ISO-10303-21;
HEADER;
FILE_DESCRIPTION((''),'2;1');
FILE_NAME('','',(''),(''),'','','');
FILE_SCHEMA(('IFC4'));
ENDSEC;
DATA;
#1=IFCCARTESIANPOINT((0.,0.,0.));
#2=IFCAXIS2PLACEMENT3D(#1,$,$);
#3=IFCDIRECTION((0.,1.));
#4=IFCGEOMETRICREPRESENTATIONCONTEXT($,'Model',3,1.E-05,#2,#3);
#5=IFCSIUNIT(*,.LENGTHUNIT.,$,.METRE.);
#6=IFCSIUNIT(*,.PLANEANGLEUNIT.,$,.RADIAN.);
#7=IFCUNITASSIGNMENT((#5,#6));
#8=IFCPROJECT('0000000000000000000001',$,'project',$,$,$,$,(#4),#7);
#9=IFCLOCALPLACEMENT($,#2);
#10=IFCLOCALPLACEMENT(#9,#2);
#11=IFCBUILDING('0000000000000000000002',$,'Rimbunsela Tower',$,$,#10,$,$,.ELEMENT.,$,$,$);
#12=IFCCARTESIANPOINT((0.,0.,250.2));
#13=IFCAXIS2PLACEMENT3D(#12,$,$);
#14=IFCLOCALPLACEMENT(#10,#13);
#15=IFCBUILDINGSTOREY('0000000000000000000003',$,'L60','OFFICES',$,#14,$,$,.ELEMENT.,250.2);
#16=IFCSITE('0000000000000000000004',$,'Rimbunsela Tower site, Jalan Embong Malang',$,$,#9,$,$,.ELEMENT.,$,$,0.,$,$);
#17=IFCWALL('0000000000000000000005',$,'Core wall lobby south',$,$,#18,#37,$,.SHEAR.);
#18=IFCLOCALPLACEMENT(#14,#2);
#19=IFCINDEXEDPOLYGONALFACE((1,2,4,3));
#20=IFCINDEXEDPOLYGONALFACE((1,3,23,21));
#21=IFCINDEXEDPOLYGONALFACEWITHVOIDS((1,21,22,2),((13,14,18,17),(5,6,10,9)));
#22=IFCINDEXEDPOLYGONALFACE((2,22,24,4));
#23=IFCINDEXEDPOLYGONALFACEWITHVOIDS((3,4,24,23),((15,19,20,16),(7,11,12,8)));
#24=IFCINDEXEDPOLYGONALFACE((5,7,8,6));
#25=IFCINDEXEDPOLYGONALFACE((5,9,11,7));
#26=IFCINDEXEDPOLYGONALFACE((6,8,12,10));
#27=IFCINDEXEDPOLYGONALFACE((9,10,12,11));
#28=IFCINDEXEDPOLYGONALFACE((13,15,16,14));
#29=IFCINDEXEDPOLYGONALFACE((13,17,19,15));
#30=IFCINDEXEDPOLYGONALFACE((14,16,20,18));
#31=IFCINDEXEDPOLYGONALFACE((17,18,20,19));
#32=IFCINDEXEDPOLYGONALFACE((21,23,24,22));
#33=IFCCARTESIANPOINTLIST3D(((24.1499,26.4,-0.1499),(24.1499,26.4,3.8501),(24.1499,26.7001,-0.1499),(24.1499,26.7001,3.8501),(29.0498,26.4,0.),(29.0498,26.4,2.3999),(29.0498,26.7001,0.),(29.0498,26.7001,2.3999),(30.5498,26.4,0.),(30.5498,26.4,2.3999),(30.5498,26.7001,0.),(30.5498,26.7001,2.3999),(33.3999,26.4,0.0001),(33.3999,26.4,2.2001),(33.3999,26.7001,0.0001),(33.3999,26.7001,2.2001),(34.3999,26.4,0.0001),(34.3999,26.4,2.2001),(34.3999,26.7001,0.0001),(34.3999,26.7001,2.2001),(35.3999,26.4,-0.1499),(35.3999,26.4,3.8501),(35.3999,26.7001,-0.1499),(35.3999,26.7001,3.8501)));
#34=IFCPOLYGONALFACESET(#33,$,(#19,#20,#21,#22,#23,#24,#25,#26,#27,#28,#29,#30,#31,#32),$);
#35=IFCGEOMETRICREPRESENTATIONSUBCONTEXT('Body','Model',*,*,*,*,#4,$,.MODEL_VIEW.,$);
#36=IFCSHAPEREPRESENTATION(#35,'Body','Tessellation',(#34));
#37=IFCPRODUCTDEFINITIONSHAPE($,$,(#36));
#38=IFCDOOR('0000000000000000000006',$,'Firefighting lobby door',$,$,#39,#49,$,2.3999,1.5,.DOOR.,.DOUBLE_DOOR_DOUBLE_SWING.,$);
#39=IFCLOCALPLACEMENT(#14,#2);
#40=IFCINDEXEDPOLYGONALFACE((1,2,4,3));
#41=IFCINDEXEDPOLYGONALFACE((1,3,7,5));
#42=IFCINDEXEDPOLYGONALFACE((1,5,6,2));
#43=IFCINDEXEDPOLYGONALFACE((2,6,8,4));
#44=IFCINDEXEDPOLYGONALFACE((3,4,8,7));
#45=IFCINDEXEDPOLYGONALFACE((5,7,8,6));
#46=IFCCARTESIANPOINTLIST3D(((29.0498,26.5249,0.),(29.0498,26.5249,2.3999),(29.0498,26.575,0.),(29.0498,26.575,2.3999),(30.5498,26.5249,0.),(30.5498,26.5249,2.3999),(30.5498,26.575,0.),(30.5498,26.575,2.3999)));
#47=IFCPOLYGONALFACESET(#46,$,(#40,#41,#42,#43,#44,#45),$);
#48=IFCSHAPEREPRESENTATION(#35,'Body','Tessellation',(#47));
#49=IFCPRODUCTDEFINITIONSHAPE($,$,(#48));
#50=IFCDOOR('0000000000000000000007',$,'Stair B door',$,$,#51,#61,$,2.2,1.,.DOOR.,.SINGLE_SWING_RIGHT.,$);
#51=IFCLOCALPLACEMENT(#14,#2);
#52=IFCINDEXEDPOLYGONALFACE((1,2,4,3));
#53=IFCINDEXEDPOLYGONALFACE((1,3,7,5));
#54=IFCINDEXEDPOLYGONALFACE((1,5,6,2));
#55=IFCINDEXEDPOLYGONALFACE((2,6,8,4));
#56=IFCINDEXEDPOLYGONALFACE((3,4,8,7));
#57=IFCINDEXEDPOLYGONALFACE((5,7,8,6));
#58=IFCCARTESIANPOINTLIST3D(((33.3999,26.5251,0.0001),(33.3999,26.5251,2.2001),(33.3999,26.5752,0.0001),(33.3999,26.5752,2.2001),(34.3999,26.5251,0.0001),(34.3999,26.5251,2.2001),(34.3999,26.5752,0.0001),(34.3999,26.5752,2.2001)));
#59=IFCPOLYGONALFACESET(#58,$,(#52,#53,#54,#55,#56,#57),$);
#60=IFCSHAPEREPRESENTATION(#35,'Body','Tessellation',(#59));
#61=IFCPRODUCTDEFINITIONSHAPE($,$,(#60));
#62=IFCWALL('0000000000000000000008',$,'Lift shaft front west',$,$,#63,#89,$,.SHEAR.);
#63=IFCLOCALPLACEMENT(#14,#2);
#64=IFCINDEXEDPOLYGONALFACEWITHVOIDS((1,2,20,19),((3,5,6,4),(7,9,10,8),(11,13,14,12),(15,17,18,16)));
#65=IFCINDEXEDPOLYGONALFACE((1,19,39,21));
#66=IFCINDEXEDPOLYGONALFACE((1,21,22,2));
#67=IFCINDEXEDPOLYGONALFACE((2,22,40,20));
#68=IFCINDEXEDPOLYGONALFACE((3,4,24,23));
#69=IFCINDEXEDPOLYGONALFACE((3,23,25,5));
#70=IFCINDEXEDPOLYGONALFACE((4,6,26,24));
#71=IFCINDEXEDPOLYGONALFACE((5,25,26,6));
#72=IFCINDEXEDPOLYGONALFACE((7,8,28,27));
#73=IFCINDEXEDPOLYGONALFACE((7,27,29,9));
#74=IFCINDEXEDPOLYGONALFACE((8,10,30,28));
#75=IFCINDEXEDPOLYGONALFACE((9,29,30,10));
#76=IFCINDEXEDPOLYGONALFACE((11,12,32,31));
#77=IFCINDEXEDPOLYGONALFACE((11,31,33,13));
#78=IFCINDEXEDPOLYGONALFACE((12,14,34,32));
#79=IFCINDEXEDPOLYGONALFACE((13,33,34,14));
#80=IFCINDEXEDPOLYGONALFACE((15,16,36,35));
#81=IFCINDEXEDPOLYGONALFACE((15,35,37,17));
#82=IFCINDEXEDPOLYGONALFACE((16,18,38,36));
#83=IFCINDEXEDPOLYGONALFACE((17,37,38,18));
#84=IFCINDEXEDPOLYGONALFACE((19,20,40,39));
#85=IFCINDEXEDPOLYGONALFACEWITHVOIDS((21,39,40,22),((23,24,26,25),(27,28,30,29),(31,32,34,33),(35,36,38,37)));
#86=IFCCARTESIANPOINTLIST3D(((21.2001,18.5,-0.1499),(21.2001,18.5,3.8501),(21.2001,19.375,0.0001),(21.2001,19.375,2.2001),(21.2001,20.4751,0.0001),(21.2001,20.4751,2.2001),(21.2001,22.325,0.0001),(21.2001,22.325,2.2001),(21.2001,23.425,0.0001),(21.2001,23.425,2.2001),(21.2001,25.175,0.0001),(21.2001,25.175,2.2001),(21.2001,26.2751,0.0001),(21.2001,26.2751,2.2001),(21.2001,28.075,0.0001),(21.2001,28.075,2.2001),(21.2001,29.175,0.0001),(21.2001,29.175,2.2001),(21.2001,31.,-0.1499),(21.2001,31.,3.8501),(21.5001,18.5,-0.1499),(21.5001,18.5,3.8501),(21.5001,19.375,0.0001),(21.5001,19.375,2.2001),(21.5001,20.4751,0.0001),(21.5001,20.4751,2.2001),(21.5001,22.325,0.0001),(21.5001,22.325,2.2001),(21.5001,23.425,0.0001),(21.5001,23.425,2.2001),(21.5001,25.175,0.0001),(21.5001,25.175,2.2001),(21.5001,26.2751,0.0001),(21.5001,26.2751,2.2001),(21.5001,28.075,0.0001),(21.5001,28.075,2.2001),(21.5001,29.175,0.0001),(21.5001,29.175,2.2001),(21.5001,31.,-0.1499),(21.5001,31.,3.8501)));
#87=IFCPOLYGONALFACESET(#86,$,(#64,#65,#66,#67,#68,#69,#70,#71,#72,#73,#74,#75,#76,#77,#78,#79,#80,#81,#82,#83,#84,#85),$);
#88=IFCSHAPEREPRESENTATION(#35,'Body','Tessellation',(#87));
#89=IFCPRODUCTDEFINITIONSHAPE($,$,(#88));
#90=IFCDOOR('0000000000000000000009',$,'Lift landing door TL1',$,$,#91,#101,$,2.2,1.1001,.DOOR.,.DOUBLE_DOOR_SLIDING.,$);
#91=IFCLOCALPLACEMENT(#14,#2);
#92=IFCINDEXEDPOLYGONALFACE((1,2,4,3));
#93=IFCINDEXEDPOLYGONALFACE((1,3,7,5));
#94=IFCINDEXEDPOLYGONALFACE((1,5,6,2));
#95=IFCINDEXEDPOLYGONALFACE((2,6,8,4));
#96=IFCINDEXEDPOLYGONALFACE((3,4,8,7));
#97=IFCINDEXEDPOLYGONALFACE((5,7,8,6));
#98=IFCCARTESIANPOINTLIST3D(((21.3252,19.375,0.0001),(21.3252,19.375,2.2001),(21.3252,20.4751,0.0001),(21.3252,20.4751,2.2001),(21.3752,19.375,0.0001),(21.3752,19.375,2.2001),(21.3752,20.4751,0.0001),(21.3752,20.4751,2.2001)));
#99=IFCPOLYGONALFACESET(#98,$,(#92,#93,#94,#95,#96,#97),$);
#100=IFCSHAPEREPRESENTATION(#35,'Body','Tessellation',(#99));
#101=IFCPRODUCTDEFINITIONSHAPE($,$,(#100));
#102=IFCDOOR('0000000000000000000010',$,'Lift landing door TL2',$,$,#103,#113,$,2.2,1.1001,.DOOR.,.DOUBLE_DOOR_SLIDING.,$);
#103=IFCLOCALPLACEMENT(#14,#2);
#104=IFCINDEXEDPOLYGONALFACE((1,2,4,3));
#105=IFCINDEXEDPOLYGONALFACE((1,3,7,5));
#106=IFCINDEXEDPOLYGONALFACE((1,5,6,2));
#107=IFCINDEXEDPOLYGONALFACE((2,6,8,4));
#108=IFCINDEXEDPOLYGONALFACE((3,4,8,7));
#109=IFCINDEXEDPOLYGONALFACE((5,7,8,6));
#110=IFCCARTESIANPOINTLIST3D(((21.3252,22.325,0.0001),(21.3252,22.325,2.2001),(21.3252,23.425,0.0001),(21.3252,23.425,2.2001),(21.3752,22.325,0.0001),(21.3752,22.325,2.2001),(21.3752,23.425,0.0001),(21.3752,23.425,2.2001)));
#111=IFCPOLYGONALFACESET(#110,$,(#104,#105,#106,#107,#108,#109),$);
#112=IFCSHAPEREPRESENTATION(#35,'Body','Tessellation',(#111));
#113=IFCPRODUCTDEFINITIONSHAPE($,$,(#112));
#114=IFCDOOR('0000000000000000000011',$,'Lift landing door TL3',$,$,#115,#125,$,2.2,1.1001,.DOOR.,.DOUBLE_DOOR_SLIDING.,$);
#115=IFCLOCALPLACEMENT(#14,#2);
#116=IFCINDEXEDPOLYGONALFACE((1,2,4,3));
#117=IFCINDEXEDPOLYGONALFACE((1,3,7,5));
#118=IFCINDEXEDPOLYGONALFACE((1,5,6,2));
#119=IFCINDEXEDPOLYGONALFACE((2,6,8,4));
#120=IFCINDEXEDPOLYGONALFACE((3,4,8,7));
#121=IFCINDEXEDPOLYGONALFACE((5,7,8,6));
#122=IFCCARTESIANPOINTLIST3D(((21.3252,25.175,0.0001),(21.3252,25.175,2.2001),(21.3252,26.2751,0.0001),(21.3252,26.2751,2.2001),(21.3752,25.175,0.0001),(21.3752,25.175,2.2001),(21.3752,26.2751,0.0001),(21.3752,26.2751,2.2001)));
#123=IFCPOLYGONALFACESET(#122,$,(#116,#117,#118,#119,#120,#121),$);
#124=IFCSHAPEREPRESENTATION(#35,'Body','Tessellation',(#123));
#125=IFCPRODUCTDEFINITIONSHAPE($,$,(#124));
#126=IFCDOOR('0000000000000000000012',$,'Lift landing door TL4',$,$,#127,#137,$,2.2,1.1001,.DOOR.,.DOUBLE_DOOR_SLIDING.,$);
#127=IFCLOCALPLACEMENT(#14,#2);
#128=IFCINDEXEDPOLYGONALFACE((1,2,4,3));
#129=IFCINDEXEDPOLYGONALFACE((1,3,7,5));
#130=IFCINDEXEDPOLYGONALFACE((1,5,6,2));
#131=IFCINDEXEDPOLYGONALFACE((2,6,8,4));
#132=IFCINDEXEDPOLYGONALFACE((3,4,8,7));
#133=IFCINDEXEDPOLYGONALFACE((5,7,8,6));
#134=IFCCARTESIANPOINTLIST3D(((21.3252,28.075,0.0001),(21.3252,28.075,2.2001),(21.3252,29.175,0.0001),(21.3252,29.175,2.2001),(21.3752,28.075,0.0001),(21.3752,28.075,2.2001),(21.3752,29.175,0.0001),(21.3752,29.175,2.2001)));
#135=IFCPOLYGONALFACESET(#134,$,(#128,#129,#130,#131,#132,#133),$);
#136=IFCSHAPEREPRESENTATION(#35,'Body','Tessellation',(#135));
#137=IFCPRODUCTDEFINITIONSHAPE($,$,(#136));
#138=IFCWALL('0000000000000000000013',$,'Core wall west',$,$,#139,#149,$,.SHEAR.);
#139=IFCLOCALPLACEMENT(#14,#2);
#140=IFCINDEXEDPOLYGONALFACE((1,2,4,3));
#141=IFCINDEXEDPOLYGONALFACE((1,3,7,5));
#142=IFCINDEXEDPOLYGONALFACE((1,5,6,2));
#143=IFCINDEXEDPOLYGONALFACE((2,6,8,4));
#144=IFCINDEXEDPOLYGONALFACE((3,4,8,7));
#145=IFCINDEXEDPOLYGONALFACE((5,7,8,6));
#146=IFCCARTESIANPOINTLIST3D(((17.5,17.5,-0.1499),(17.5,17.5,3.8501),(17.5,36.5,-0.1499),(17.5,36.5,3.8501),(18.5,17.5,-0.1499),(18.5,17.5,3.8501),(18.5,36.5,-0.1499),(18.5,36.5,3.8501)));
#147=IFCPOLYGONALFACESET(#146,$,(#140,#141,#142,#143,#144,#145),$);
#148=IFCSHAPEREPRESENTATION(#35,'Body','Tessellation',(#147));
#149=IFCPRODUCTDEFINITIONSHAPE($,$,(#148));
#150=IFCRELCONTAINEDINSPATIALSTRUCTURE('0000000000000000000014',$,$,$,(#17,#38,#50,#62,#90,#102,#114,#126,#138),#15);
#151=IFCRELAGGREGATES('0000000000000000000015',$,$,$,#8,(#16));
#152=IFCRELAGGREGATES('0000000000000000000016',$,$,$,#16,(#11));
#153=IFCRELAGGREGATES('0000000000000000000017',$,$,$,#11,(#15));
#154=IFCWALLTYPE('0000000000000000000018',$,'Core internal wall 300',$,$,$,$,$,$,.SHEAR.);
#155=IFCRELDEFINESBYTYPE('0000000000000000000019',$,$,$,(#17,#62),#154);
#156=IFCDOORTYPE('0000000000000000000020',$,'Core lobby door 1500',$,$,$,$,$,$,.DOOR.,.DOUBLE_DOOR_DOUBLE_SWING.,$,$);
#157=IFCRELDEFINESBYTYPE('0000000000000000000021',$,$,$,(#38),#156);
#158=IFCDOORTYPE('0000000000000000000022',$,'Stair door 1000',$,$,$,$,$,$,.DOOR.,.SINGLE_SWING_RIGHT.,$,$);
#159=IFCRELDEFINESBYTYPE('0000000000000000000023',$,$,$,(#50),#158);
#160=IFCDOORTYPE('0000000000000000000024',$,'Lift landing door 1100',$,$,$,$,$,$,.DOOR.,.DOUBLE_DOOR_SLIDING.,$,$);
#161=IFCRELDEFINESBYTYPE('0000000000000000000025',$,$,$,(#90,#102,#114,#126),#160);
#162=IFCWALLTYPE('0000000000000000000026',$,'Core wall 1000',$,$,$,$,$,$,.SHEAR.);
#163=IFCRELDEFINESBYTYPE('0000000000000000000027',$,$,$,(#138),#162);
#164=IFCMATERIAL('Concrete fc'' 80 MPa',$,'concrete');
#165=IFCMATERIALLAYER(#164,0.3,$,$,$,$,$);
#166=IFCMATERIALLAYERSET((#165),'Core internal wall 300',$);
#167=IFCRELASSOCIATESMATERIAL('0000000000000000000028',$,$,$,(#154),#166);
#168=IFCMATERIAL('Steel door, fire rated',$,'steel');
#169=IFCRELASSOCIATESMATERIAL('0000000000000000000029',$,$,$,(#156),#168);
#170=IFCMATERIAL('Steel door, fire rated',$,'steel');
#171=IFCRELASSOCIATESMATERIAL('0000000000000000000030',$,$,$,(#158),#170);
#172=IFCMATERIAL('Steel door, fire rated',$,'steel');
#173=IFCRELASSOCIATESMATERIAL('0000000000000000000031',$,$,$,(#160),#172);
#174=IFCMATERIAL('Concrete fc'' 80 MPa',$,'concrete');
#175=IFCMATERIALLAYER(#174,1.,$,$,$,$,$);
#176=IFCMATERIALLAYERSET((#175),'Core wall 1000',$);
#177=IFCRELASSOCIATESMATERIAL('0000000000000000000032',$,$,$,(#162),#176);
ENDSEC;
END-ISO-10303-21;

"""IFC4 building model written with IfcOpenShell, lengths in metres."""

from ifc_helpers import new_model, si_unit, direction, frame, frame_2d, origin, place, context, subcontext, project, spatial, rectangle, extrude, material, layer, layer_set, type_object, element, fill, save


model = new_model("IFC4")

# Units and contexts
model_context = context("Model", 3, precision=1e-05, world=origin(), true_north=direction((0.0, 1.0)))
body_context = subcontext(model_context, "Body", "Model", "MODEL_VIEW")
ifc_project = project(units=[si_unit("LENGTHUNIT", "METRE"), si_unit("PLANEANGLEUNIT", "RADIAN")], contexts=[model_context])

# Site, building, storey
site_placement = place(None, origin())
site = spatial("IfcSite", under=ifc_project, at=site_placement, Name="Rimbunsela Tower site, Jalan Embong Malang", CompositionType="ELEMENT", RefElevation=0.0)
building_placement = place(site_placement, origin())
building = spatial("IfcBuilding", under=site, at=building_placement, Name="Rimbunsela Tower", CompositionType="ELEMENT")
storey_placement = place(building_placement, frame((0.0, 0.0, 250.2)))
storey = spatial("IfcBuildingStorey", under=building, at=storey_placement, Name="L60", Description="OFFICES", CompositionType="ELEMENT", Elevation=250.2)

# Shared definitions
ifc_material_1 = material(Name="Concrete fc' 80 MPa", Category="concrete")
ifc_layer_1 = layer(ifc_material_1, 0.3)
ifc_layer_set_1 = layer_set([ifc_layer_1], Name="Core internal wall 300")
wall_type_1 = type_object("IfcWallType", Name="Core internal wall 300", PredefinedType="SHEAR", material=ifc_layer_set_1)
ifc_material_2 = material(Name="Steel door, fire rated", Category="steel")
door_type_1 = type_object("IfcDoorType", Name="Core lobby door 1500", OperationType="DOUBLE_DOOR_DOUBLE_SWING", PredefinedType="DOOR", material=ifc_material_2)

# Walls, openings, doors
wall_1_placement = place(storey_placement, frame((24.1499, 26.55, -0.1499), z_axis=(0.0, 0.0, 1.0), x_axis=(1.0, 0.0, 0.0)))
wall_1 = element("IfcWall", 1, at=wall_1_placement, inside=storey, type_object=wall_type_1, Name="Core wall lobby south", PredefinedType="SHEAR", context=body_context, shape_type="SweptSolid", body=[
    extrude(rectangle(XDim=11.25, YDim=0.3, at=frame_2d((5.625, 0.0))), origin(), (0.0, 0.0, 1.0), 4.0),
])
opening_1_placement = place(wall_1_placement, frame((9.25, 0.0, 0.1499)))
opening_1 = element("IfcOpeningElement", 2, at=opening_1_placement, cuts=wall_1, PredefinedType="OPENING", context=body_context, shape_type="SweptSolid", body=[
    extrude(rectangle(XDim=1.0, YDim=2.2, at=frame_2d((0.5, 1.1001))), frame((0.0, 0.1599, 0.0), z_axis=(0.0, -1.0, 0.0), x_axis=(1.0, 0.0, 0.0)), (0.0, 0.0, 1.0), 0.3201),
])
opening_2_placement = place(wall_1_placement, frame((4.8999, 0.0, 0.1499)))
opening_2 = element("IfcOpeningElement", 3, at=opening_2_placement, cuts=wall_1, PredefinedType="OPENING", context=body_context, shape_type="SweptSolid", body=[
    extrude(rectangle(XDim=1.5, YDim=2.3999, at=frame_2d((0.75, 1.2))), frame((0.0, 0.1599, 0.0), z_axis=(0.0, -1.0, 0.0), x_axis=(1.0, 0.0, 0.0)), (0.0, 0.0, 1.0), 0.3201),
])
door_1_placement = place(opening_2_placement, origin())
door_1 = element("IfcDoor", 4, at=door_1_placement, inside=storey, type_object=door_type_1, Name="Firefighting lobby door", OperationType="DOUBLE_DOOR_DOUBLE_SWING", OverallHeight=2.3999, OverallWidth=1.5, PredefinedType="DOOR", context=body_context, shape_type="SweptSolid", body=[
    extrude(rectangle(XDim=1.5, YDim=2.3999, at=frame_2d((0.75, 1.2))), frame((0.0, 0.0249, 0.0), z_axis=(0.0, -1.0, 0.0), x_axis=(1.0, 0.0, 0.0)), (0.0, 0.0, 1.0), 0.05),
])
fill(opening_2, door_1)
ifc_material_3 = material(Name="Steel door, fire rated", Category="steel")
door_type_2 = type_object("IfcDoorType", Name="Stair door 1000", OperationType="SINGLE_SWING_RIGHT", PredefinedType="DOOR", material=ifc_material_3)
door_2_placement = place(opening_1_placement, frame((1.0, 0.0, 0.0), z_axis=(0.0, 0.0, 1.0), x_axis=(-1.0, 0.0, 0.0)))
door_2 = element("IfcDoor", 5, at=door_2_placement, inside=storey, type_object=door_type_2, Name="Stair B door", OperationType="SINGLE_SWING_RIGHT", OverallHeight=2.2, OverallWidth=1.0, PredefinedType="DOOR", context=body_context, shape_type="SweptSolid", body=[
    extrude(rectangle(XDim=1.0, YDim=2.2, at=frame_2d((0.5, 1.1001))), frame((0.0, 0.0249, 0.0), z_axis=(0.0, -1.0, 0.0), x_axis=(1.0, 0.0, 0.0)), (0.0, 0.0, 1.0), 0.05),
])
fill(opening_1, door_2)
wall_2_placement = place(storey_placement, frame((21.3501, 18.5, -0.1499), z_axis=(0.0, 0.0, 1.0), x_axis=(0.0, 1.0, 0.0)))
wall_2 = element("IfcWall", 6, at=wall_2_placement, inside=storey, type_object=wall_type_1, Name="Lift shaft front west", PredefinedType="SHEAR", context=body_context, shape_type="SweptSolid", body=[
    extrude(rectangle(XDim=12.5, YDim=0.3, at=frame_2d((6.25, 0.0))), origin(), (0.0, 0.0, 1.0), 4.0),
])
opening_3_placement = place(wall_2_placement, frame((0.875, 0.0, 0.1499)))
opening_3 = element("IfcOpeningElement", 7, at=opening_3_placement, cuts=wall_2, PredefinedType="OPENING", context=body_context, shape_type="SweptSolid", body=[
    extrude(rectangle(XDim=1.1001, YDim=2.2, at=frame_2d((0.55, 1.1001))), frame((0.0, 0.1599, 0.0), z_axis=(0.0, -1.0, 0.0), x_axis=(1.0, 0.0, 0.0)), (0.0, 0.0, 1.0), 0.3201),
])
opening_4_placement = place(wall_2_placement, frame((3.825, 0.0, 0.1499)))
opening_4 = element("IfcOpeningElement", 8, at=opening_4_placement, cuts=wall_2, PredefinedType="OPENING", context=body_context, shape_type="SweptSolid", body=[
    extrude(rectangle(XDim=1.1001, YDim=2.2, at=frame_2d((0.55, 1.1001))), frame((0.0, 0.1599, 0.0), z_axis=(0.0, -1.0, 0.0), x_axis=(1.0, 0.0, 0.0)), (0.0, 0.0, 1.0), 0.3201),
])
opening_5_placement = place(wall_2_placement, frame((6.675, 0.0, 0.1499)))
opening_5 = element("IfcOpeningElement", 9, at=opening_5_placement, cuts=wall_2, PredefinedType="OPENING", context=body_context, shape_type="SweptSolid", body=[
    extrude(rectangle(XDim=1.1001, YDim=2.2, at=frame_2d((0.55, 1.1001))), frame((0.0, 0.1599, 0.0), z_axis=(0.0, -1.0, 0.0), x_axis=(1.0, 0.0, 0.0)), (0.0, 0.0, 1.0), 0.3201),
])
opening_6_placement = place(wall_2_placement, frame((9.575, 0.0, 0.1499)))
opening_6 = element("IfcOpeningElement", 10, at=opening_6_placement, cuts=wall_2, PredefinedType="OPENING", context=body_context, shape_type="SweptSolid", body=[
    extrude(rectangle(XDim=1.1001, YDim=2.2, at=frame_2d((0.55, 1.1001))), frame((0.0, 0.1599, 0.0), z_axis=(0.0, -1.0, 0.0), x_axis=(1.0, 0.0, 0.0)), (0.0, 0.0, 1.0), 0.3201),
])
ifc_material_4 = material(Name="Steel door, fire rated", Category="steel")
door_type_3 = type_object("IfcDoorType", Name="Lift landing door 1100", OperationType="DOUBLE_DOOR_SLIDING", PredefinedType="DOOR", material=ifc_material_4)
door_3_placement = place(opening_3_placement, origin())
door_3 = element("IfcDoor", 11, at=door_3_placement, inside=storey, type_object=door_type_3, Name="Lift landing door TL1", OperationType="DOUBLE_DOOR_SLIDING", OverallHeight=2.2, OverallWidth=1.1001, PredefinedType="DOOR", context=body_context, shape_type="SweptSolid", body=[
    extrude(rectangle(XDim=1.1001, YDim=2.2, at=frame_2d((0.55, 1.1001))), frame((0.0, 0.0249, 0.0), z_axis=(0.0, -1.0, 0.0), x_axis=(1.0, 0.0, 0.0)), (0.0, 0.0, 1.0), 0.05),
])
fill(opening_3, door_3)
door_4_placement = place(opening_4_placement, origin())
door_4 = element("IfcDoor", 12, at=door_4_placement, inside=storey, type_object=door_type_3, Name="Lift landing door TL2", OperationType="DOUBLE_DOOR_SLIDING", OverallHeight=2.2, OverallWidth=1.1001, PredefinedType="DOOR", context=body_context, shape_type="SweptSolid", body=[
    extrude(rectangle(XDim=1.1001, YDim=2.2, at=frame_2d((0.55, 1.1001))), frame((0.0, 0.0249, 0.0), z_axis=(0.0, -1.0, 0.0), x_axis=(1.0, 0.0, 0.0)), (0.0, 0.0, 1.0), 0.05),
])
fill(opening_4, door_4)
door_5_placement = place(opening_5_placement, origin())
door_5 = element("IfcDoor", 13, at=door_5_placement, inside=storey, type_object=door_type_3, Name="Lift landing door TL3", OperationType="DOUBLE_DOOR_SLIDING", OverallHeight=2.2, OverallWidth=1.1001, PredefinedType="DOOR", context=body_context, shape_type="SweptSolid", body=[
    extrude(rectangle(XDim=1.1001, YDim=2.2, at=frame_2d((0.55, 1.1001))), frame((0.0, 0.0249, 0.0), z_axis=(0.0, -1.0, 0.0), x_axis=(1.0, 0.0, 0.0)), (0.0, 0.0, 1.0), 0.05),
])
fill(opening_5, door_5)
door_6_placement = place(opening_6_placement, origin())
door_6 = element("IfcDoor", 14, at=door_6_placement, inside=storey, type_object=door_type_3, Name="Lift landing door TL4", OperationType="DOUBLE_DOOR_SLIDING", OverallHeight=2.2, OverallWidth=1.1001, PredefinedType="DOOR", context=body_context, shape_type="SweptSolid", body=[
    extrude(rectangle(XDim=1.1001, YDim=2.2, at=frame_2d((0.55, 1.1001))), frame((0.0, 0.0249, 0.0), z_axis=(0.0, -1.0, 0.0), x_axis=(1.0, 0.0, 0.0)), (0.0, 0.0, 1.0), 0.05),
])
fill(opening_6, door_6)

# Wall
ifc_material_5 = material(Name="Concrete fc' 80 MPa", Category="concrete")
ifc_layer_2 = layer(ifc_material_5, 1.0)
ifc_layer_set_2 = layer_set([ifc_layer_2], Name="Core wall 1000")
wall_type_2 = type_object("IfcWallType", Name="Core wall 1000", PredefinedType="SHEAR", material=ifc_layer_set_2)
wall_3_placement = place(storey_placement, frame((18.0, 17.5, -0.1499), z_axis=(0.0, 0.0, 1.0), x_axis=(0.0, 1.0, 0.0)))
element("IfcWall", 15, at=wall_3_placement, inside=storey, type_object=wall_type_2, Name="Core wall west", PredefinedType="SHEAR", context=body_context, shape_type="SweptSolid", body=[
    extrude(rectangle(XDim=19.0, YDim=1.0, at=frame_2d((9.5, 0.0))), origin(), (0.0, 0.0, 1.0), 4.0),
])

save(model, "model.ifc")
